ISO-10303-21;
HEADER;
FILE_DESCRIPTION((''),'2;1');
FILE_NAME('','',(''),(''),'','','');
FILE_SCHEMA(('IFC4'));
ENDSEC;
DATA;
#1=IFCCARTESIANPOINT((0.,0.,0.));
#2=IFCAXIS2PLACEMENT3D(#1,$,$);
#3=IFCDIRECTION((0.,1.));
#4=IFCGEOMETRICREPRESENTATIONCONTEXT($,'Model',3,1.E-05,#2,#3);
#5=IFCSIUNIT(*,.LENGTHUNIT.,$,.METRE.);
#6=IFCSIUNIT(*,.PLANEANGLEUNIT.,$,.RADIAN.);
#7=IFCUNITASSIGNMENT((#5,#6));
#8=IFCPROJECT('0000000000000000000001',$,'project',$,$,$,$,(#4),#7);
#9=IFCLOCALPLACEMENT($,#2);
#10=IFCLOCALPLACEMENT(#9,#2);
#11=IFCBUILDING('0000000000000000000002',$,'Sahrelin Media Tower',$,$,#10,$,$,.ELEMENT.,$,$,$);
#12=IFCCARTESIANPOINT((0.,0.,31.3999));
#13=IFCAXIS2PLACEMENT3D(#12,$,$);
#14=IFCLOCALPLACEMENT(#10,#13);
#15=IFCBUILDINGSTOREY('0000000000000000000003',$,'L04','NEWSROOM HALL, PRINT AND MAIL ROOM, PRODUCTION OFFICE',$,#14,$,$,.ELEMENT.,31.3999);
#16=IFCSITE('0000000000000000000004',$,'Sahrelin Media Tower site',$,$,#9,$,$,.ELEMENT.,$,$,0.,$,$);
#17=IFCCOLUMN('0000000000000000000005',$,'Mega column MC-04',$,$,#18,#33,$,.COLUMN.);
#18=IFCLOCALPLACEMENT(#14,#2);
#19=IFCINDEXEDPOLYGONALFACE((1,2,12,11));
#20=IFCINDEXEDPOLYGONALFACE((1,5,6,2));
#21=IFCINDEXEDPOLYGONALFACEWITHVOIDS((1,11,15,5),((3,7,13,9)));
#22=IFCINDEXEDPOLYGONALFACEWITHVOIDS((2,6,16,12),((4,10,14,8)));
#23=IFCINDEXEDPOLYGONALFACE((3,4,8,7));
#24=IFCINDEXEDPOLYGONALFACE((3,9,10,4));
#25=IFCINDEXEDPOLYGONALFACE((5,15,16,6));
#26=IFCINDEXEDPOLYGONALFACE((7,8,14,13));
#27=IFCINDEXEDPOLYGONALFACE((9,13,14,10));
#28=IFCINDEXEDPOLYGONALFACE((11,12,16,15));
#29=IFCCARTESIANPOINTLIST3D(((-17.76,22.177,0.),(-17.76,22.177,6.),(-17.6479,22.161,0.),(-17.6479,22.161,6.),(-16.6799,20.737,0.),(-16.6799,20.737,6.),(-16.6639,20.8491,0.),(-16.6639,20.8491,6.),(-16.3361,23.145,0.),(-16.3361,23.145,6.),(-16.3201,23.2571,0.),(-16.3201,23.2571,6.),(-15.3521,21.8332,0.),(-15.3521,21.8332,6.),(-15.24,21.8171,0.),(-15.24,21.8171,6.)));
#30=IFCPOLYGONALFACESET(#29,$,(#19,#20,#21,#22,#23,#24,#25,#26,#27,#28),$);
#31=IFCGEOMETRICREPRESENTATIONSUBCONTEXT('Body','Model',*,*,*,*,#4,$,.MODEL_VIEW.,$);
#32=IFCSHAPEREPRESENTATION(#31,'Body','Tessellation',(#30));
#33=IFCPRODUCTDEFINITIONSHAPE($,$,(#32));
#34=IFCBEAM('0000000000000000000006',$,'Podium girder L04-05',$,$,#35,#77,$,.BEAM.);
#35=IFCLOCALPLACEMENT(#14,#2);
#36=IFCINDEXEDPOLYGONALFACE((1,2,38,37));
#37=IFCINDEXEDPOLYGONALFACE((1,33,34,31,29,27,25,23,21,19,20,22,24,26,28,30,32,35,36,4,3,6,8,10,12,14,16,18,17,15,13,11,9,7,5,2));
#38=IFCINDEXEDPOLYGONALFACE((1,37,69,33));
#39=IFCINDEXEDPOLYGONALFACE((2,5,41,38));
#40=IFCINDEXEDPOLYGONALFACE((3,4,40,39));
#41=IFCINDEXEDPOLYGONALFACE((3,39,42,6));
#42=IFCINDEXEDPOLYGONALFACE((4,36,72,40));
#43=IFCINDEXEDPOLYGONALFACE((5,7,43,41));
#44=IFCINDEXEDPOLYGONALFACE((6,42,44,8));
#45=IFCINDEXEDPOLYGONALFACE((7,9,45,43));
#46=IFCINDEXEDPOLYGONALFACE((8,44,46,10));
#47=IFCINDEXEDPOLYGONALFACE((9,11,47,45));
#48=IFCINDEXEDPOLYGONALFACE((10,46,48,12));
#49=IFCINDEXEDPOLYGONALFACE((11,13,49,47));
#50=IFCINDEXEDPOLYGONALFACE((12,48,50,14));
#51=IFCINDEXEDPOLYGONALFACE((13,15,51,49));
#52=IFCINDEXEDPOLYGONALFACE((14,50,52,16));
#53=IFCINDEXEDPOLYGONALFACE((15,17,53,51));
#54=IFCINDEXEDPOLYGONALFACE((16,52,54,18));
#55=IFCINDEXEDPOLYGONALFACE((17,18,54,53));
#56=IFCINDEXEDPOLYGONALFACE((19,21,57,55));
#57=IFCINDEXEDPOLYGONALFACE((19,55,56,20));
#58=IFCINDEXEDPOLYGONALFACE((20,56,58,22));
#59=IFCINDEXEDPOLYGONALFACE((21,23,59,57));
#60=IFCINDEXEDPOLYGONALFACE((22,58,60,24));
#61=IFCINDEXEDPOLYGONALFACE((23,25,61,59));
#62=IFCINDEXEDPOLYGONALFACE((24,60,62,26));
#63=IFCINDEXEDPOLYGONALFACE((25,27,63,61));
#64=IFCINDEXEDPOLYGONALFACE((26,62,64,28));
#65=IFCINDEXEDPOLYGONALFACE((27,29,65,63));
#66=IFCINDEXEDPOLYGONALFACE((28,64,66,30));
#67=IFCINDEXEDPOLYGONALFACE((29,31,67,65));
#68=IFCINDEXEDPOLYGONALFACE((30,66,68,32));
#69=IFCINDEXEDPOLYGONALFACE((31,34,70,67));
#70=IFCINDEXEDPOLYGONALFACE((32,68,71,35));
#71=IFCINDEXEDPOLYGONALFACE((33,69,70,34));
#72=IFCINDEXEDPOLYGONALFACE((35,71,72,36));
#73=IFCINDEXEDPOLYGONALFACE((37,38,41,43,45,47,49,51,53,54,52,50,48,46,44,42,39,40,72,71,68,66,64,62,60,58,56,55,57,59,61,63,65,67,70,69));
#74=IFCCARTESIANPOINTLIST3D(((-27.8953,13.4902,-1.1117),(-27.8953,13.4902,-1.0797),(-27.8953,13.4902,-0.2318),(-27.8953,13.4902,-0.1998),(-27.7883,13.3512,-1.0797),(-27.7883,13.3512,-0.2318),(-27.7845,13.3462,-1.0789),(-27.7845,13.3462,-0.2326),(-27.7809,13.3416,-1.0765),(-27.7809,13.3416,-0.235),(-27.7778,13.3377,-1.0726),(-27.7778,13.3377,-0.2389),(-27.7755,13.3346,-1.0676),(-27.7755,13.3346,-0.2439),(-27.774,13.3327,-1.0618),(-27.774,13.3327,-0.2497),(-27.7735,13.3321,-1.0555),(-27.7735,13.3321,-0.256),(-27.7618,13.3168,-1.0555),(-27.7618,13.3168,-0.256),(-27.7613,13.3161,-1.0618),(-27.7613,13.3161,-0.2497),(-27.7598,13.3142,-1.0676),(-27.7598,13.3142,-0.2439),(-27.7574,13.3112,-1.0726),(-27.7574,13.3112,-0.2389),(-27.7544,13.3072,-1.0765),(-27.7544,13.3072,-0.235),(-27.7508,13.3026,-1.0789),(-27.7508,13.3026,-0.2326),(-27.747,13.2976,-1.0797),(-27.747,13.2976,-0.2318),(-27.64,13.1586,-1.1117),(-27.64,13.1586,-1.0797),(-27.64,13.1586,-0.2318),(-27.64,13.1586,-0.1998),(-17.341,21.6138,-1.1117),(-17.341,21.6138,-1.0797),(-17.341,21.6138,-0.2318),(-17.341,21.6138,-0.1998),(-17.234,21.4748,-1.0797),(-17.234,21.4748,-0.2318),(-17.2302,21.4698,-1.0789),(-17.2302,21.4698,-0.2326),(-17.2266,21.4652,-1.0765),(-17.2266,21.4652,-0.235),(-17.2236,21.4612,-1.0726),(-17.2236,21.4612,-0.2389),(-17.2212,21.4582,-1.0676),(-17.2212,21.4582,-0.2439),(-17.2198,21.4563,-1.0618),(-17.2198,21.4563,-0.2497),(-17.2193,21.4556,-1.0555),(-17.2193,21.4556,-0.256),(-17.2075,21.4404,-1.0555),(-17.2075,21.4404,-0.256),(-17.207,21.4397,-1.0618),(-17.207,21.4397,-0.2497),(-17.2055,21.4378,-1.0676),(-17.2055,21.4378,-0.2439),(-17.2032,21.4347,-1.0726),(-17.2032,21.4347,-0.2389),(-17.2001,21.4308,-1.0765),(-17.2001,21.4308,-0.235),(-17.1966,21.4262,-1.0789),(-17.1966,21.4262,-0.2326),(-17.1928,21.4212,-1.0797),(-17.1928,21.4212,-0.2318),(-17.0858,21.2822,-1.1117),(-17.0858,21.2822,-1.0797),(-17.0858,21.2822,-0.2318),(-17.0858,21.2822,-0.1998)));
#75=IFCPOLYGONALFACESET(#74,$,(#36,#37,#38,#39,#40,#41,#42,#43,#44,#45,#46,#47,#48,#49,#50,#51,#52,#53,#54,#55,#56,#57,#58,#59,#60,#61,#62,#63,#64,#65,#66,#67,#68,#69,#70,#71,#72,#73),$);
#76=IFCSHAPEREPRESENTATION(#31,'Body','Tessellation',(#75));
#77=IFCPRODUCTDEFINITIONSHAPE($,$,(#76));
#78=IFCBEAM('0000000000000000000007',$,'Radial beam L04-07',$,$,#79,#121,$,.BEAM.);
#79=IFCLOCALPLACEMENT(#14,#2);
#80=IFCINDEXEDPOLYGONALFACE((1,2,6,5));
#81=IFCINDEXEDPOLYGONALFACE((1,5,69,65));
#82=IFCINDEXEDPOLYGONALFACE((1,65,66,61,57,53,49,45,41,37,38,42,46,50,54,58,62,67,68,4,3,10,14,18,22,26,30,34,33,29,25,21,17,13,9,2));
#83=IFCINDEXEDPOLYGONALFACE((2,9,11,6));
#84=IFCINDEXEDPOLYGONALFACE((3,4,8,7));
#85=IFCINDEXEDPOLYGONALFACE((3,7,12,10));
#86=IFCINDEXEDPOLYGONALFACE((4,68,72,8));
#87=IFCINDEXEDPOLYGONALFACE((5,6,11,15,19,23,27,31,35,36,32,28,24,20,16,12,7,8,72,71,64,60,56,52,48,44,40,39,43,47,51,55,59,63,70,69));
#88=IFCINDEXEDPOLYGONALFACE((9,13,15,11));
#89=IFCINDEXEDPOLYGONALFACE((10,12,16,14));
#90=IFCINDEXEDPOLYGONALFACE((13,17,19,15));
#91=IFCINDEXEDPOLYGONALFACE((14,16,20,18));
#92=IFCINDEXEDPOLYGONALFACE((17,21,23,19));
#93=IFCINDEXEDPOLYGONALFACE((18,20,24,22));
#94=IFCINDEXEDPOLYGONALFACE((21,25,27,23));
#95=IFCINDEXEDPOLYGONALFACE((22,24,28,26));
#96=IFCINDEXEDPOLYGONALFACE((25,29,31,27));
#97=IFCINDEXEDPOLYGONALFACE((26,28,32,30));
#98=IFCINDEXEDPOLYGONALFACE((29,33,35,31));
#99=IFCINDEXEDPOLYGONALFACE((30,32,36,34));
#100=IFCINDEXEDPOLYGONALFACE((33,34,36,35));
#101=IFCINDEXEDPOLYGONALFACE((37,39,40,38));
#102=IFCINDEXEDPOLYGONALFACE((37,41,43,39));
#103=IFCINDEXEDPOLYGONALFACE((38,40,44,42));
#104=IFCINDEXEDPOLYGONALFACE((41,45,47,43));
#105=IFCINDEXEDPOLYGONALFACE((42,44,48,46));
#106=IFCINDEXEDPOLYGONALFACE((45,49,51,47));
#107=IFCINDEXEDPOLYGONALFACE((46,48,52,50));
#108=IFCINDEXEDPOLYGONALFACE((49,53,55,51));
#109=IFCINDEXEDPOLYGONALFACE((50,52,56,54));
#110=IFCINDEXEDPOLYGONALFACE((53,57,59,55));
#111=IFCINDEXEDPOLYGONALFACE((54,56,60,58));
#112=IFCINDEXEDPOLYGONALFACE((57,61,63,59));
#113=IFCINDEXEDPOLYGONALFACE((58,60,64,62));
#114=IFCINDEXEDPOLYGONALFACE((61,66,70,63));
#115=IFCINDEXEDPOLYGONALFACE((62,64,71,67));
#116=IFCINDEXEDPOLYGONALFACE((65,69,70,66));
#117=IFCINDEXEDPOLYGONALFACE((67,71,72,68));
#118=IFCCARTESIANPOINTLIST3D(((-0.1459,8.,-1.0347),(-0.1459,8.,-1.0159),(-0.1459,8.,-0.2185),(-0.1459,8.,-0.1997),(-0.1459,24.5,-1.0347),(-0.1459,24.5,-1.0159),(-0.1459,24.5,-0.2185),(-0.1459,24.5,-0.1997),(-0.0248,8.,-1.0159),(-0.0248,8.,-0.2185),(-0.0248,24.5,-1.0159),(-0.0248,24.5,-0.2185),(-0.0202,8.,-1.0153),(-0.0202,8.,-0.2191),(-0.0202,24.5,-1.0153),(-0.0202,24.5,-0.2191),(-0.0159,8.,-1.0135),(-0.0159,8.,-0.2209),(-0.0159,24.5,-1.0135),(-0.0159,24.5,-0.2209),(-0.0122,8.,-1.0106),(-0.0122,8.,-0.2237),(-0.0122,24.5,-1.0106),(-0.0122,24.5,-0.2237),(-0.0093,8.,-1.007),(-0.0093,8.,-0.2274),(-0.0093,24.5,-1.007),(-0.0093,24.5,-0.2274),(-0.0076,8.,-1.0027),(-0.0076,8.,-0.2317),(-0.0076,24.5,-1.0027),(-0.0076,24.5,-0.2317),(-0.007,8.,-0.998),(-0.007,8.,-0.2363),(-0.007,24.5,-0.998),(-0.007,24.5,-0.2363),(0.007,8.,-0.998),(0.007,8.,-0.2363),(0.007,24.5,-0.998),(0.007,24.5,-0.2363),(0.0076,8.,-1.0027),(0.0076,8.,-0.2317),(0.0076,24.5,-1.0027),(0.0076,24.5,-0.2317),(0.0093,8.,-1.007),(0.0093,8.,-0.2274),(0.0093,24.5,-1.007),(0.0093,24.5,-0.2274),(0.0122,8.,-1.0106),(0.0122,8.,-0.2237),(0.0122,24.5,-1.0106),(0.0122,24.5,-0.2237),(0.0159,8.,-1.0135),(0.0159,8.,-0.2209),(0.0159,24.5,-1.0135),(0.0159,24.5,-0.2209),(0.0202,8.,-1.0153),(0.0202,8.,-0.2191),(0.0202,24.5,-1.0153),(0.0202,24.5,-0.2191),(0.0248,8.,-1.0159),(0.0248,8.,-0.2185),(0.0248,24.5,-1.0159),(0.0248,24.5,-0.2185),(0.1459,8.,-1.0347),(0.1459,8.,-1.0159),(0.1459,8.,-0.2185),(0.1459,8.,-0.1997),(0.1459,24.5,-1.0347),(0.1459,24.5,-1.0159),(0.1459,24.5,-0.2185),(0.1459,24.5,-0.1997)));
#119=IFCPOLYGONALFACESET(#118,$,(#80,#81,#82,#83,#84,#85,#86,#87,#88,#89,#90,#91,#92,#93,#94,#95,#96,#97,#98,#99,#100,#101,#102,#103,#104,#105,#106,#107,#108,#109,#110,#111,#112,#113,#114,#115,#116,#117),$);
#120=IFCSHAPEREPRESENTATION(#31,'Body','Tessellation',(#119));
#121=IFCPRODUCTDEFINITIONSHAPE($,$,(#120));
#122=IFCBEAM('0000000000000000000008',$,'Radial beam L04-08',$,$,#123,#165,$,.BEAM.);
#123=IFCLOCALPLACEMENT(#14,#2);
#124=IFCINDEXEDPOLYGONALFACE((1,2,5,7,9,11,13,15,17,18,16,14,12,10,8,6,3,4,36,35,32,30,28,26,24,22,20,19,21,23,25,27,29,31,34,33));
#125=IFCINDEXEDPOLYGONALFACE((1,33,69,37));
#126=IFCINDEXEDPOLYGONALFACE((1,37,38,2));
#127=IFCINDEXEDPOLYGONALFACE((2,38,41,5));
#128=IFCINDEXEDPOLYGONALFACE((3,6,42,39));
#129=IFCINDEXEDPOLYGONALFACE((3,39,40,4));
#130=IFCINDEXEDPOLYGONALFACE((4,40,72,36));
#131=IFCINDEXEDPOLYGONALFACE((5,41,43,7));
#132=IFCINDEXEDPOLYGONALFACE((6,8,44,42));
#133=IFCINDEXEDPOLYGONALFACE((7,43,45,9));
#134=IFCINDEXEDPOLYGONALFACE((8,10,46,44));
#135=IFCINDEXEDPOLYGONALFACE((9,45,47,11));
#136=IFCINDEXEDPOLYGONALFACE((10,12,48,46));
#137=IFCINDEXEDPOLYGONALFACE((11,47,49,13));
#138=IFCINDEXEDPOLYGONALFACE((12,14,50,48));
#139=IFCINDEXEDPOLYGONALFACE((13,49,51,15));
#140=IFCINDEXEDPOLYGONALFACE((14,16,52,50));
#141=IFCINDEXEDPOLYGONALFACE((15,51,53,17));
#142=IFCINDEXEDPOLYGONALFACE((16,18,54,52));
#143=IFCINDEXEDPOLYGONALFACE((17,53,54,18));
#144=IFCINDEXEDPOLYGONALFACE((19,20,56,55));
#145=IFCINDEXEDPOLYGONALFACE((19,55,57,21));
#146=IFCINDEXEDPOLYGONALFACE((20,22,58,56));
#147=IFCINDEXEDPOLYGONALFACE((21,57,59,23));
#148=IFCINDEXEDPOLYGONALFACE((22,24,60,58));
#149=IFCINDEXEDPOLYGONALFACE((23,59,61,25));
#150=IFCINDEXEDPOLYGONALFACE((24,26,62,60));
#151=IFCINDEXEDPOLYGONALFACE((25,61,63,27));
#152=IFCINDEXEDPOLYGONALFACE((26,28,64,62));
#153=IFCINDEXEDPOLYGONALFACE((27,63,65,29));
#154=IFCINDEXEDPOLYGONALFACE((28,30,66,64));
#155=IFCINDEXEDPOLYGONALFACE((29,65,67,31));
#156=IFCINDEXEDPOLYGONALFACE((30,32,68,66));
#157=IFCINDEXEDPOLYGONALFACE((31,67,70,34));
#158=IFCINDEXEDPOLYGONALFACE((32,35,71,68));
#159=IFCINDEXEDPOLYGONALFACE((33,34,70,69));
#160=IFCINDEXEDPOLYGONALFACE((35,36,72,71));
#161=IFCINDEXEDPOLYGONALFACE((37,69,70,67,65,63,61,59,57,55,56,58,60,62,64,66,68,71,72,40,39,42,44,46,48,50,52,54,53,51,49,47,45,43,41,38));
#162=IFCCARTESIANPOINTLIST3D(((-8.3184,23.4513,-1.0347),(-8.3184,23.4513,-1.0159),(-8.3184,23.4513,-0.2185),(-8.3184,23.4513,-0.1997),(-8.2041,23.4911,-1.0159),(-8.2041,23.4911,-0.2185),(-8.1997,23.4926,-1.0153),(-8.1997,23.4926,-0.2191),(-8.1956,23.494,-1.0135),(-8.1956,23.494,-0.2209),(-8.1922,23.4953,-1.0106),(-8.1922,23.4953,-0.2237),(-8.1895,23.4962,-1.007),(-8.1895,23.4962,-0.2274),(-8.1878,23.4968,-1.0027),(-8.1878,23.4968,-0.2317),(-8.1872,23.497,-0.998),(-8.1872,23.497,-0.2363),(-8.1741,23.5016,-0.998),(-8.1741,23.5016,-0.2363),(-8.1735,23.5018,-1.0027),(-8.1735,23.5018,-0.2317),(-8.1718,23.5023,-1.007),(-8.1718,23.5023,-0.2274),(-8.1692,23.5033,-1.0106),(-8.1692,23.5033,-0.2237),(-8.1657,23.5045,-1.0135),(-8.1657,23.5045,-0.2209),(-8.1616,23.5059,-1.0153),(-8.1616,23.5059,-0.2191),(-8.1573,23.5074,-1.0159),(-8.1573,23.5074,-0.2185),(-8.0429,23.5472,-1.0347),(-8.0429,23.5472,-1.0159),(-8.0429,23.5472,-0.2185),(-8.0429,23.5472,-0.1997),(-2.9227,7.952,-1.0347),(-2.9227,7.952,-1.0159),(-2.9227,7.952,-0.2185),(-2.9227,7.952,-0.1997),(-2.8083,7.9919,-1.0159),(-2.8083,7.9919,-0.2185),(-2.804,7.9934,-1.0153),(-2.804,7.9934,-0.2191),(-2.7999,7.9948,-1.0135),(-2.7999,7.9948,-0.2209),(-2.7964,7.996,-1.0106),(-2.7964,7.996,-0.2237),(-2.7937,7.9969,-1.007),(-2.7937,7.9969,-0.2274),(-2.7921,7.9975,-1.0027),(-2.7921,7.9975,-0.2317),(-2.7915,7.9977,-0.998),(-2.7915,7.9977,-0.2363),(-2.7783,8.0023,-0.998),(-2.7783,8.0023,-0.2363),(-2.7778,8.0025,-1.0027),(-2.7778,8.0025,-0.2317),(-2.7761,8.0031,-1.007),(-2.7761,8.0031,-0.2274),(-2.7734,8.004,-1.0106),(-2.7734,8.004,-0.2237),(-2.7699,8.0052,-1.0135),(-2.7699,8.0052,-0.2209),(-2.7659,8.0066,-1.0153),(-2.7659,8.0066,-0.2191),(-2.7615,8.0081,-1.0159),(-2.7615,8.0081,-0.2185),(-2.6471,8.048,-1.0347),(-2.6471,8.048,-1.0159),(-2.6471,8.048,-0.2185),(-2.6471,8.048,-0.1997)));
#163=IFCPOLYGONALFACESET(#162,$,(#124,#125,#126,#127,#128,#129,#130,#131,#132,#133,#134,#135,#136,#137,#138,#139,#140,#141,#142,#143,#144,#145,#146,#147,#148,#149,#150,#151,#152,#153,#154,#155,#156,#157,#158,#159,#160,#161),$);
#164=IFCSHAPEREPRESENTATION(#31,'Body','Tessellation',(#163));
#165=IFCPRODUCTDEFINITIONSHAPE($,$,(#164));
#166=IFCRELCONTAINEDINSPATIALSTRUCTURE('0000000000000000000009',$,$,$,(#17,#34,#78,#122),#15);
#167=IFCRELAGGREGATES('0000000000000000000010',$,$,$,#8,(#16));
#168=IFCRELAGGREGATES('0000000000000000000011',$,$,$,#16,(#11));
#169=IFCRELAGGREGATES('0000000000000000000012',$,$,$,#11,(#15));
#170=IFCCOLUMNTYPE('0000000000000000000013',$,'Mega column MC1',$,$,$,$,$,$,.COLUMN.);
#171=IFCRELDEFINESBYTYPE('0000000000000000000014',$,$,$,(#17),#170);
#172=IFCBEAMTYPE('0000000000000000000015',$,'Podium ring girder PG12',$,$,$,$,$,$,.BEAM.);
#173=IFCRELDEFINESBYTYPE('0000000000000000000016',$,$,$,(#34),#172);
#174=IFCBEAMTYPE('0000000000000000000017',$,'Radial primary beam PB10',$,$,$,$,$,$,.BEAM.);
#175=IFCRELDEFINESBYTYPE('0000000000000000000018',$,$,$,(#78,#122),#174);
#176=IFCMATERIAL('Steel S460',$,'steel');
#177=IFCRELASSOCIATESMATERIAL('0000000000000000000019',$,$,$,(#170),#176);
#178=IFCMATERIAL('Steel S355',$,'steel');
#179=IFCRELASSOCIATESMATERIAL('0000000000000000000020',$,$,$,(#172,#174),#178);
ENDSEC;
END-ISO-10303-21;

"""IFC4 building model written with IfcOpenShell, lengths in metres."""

from ifc_helpers import new_model, si_unit, direction, frame, origin, origin_2d, place, context, subcontext, project, spatial, hollow_rectangle, i_section, extrude, material, material_profile, profile_set, type_object, element, save


model = new_model("IFC4")

# Units and contexts
model_context = context("Model", 3, precision=1e-05, world=origin(), true_north=direction((0.0, 1.0)))
body_context = subcontext(model_context, "Body", "Model", "MODEL_VIEW")
ifc_project = project(units=[si_unit("LENGTHUNIT", "METRE"), si_unit("PLANEANGLEUNIT", "RADIAN")], contexts=[model_context])

# Site, building, storey
site_placement = place(None, origin())
site = spatial("IfcSite", under=ifc_project, at=site_placement, Name="Sahrelin Media Tower site", CompositionType="ELEMENT", RefElevation=0.0)
building_placement = place(site_placement, origin())
building = spatial("IfcBuilding", under=site, at=building_placement, Name="Sahrelin Media Tower", CompositionType="ELEMENT")
storey_placement = place(building_placement, frame((0.0, 0.0, 31.3999)))
storey = spatial("IfcBuildingStorey", under=building, at=storey_placement, Name="L04", Description="NEWSROOM HALL, PRINT AND MAIL ROOM, PRODUCTION OFFICE", CompositionType="ELEMENT", Elevation=31.3999)

# Column
ifc_material_1 = material(Name="Steel S460", Category="steel")
ifc_material_profile_1 = material_profile(ifc_material_1, hollow_rectangle(XDim=1.8, YDim=1.8, WallThickness=0.0801, at=origin_2d()), Name="Mega column MC1")
ifc_profile_set_1 = profile_set([ifc_material_profile_1], Name="Steel S460")
column_type = type_object("IfcColumnType", Name="Mega column MC1", PredefinedType="COLUMN", material=ifc_profile_set_1)
column_placement = place(storey_placement, frame((-16.5, 21.9971, 0.0), z_axis=(0.0, 0.0, 1.0), x_axis=(-0.600052, 0.799961, 0.0)))
element("IfcColumn", 1, at=column_placement, inside=storey, type_object=column_type, Name="Mega column MC-04", PredefinedType="COLUMN", context=body_context, shape_type="SweptSolid", body=[
    extrude(hollow_rectangle(XDim=1.8, YDim=1.8, WallThickness=0.0801, at=origin_2d()), origin(), (0.0, 0.0, 1.0), 6.0),
])

# Beams
ifc_material_2 = material(Name="Steel S355", Category="steel")
ifc_material_profile_2 = material_profile(ifc_material_2, i_section(OverallWidth=0.4185, OverallDepth=0.9119, WebThickness=0.0193, FlangeThickness=0.032, FilletRadius=0.0242, at=origin_2d()), Name="UB 914x419x343")
ifc_profile_set_2 = profile_set([ifc_material_profile_2], Name="Steel S355")
beam_type_1 = type_object("IfcBeamType", Name="Podium ring girder PG12", PredefinedType="BEAM", material=ifc_profile_set_2)
beam_1_placement = place(storey_placement, frame((-17.2134, 21.448, -0.6558), z_axis=(-0.792445, -0.609943, 0.0), x_axis=(0.609943, -0.792445, 0.0)))
element("IfcBeam", 2, at=beam_1_placement, inside=storey, type_object=beam_type_1, Name="Podium girder L04-05", PredefinedType="BEAM", context=body_context, shape_type="SweptSolid", body=[
    extrude(i_section(OverallWidth=0.4185, OverallDepth=0.9119, WebThickness=0.0193, FlangeThickness=0.032, FilletRadius=0.0242, at=origin_2d()), origin(), (0.0, 0.0, 1.0), 13.3186),
])
ifc_material_profile_3 = material_profile(ifc_material_2, i_section(OverallWidth=0.2917, OverallDepth=0.835, WebThickness=0.0139, FlangeThickness=0.0188, FilletRadius=0.0178, at=origin_2d()), Name="UB 838x292x176")
ifc_profile_set_3 = profile_set([ifc_material_profile_3], Name="Steel S355")
beam_type_2 = type_object("IfcBeamType", Name="Radial primary beam PB10", PredefinedType="BEAM", material=ifc_profile_set_3)
beam_2_placement = place(storey_placement, frame((0.0, 8.0, -0.6172), z_axis=(0.0, 1.0, 0.0), x_axis=(-1.0, 0.0, 0.0)))
element("IfcBeam", 3, at=beam_2_placement, inside=storey, type_object=beam_type_2, Name="Radial beam L04-07", PredefinedType="BEAM", context=body_context, shape_type="SweptSolid", body=[
    extrude(i_section(OverallWidth=0.2917, OverallDepth=0.835, WebThickness=0.0139, FlangeThickness=0.0188, FilletRadius=0.0178, at=origin_2d()), origin(), (0.0, 0.0, 1.0), 16.5),
])
beam_3_placement = place(storey_placement, frame((-2.7849, 8.0, -0.6172), z_axis=(-0.328776, 0.944408, 0.0), x_axis=(-0.944408, -0.328776, 0.0)))
element("IfcBeam", 4, at=beam_3_placement, inside=storey, type_object=beam_type_2, Name="Radial beam L04-08", PredefinedType="BEAM", context=body_context, shape_type="SweptSolid", body=[
    extrude(i_section(OverallWidth=0.2917, OverallDepth=0.835, WebThickness=0.0139, FlangeThickness=0.0188, FilletRadius=0.0178, at=origin_2d()), origin(), (0.0, 0.0, 1.0), 16.4116),
])

save(model, "model.ifc")
